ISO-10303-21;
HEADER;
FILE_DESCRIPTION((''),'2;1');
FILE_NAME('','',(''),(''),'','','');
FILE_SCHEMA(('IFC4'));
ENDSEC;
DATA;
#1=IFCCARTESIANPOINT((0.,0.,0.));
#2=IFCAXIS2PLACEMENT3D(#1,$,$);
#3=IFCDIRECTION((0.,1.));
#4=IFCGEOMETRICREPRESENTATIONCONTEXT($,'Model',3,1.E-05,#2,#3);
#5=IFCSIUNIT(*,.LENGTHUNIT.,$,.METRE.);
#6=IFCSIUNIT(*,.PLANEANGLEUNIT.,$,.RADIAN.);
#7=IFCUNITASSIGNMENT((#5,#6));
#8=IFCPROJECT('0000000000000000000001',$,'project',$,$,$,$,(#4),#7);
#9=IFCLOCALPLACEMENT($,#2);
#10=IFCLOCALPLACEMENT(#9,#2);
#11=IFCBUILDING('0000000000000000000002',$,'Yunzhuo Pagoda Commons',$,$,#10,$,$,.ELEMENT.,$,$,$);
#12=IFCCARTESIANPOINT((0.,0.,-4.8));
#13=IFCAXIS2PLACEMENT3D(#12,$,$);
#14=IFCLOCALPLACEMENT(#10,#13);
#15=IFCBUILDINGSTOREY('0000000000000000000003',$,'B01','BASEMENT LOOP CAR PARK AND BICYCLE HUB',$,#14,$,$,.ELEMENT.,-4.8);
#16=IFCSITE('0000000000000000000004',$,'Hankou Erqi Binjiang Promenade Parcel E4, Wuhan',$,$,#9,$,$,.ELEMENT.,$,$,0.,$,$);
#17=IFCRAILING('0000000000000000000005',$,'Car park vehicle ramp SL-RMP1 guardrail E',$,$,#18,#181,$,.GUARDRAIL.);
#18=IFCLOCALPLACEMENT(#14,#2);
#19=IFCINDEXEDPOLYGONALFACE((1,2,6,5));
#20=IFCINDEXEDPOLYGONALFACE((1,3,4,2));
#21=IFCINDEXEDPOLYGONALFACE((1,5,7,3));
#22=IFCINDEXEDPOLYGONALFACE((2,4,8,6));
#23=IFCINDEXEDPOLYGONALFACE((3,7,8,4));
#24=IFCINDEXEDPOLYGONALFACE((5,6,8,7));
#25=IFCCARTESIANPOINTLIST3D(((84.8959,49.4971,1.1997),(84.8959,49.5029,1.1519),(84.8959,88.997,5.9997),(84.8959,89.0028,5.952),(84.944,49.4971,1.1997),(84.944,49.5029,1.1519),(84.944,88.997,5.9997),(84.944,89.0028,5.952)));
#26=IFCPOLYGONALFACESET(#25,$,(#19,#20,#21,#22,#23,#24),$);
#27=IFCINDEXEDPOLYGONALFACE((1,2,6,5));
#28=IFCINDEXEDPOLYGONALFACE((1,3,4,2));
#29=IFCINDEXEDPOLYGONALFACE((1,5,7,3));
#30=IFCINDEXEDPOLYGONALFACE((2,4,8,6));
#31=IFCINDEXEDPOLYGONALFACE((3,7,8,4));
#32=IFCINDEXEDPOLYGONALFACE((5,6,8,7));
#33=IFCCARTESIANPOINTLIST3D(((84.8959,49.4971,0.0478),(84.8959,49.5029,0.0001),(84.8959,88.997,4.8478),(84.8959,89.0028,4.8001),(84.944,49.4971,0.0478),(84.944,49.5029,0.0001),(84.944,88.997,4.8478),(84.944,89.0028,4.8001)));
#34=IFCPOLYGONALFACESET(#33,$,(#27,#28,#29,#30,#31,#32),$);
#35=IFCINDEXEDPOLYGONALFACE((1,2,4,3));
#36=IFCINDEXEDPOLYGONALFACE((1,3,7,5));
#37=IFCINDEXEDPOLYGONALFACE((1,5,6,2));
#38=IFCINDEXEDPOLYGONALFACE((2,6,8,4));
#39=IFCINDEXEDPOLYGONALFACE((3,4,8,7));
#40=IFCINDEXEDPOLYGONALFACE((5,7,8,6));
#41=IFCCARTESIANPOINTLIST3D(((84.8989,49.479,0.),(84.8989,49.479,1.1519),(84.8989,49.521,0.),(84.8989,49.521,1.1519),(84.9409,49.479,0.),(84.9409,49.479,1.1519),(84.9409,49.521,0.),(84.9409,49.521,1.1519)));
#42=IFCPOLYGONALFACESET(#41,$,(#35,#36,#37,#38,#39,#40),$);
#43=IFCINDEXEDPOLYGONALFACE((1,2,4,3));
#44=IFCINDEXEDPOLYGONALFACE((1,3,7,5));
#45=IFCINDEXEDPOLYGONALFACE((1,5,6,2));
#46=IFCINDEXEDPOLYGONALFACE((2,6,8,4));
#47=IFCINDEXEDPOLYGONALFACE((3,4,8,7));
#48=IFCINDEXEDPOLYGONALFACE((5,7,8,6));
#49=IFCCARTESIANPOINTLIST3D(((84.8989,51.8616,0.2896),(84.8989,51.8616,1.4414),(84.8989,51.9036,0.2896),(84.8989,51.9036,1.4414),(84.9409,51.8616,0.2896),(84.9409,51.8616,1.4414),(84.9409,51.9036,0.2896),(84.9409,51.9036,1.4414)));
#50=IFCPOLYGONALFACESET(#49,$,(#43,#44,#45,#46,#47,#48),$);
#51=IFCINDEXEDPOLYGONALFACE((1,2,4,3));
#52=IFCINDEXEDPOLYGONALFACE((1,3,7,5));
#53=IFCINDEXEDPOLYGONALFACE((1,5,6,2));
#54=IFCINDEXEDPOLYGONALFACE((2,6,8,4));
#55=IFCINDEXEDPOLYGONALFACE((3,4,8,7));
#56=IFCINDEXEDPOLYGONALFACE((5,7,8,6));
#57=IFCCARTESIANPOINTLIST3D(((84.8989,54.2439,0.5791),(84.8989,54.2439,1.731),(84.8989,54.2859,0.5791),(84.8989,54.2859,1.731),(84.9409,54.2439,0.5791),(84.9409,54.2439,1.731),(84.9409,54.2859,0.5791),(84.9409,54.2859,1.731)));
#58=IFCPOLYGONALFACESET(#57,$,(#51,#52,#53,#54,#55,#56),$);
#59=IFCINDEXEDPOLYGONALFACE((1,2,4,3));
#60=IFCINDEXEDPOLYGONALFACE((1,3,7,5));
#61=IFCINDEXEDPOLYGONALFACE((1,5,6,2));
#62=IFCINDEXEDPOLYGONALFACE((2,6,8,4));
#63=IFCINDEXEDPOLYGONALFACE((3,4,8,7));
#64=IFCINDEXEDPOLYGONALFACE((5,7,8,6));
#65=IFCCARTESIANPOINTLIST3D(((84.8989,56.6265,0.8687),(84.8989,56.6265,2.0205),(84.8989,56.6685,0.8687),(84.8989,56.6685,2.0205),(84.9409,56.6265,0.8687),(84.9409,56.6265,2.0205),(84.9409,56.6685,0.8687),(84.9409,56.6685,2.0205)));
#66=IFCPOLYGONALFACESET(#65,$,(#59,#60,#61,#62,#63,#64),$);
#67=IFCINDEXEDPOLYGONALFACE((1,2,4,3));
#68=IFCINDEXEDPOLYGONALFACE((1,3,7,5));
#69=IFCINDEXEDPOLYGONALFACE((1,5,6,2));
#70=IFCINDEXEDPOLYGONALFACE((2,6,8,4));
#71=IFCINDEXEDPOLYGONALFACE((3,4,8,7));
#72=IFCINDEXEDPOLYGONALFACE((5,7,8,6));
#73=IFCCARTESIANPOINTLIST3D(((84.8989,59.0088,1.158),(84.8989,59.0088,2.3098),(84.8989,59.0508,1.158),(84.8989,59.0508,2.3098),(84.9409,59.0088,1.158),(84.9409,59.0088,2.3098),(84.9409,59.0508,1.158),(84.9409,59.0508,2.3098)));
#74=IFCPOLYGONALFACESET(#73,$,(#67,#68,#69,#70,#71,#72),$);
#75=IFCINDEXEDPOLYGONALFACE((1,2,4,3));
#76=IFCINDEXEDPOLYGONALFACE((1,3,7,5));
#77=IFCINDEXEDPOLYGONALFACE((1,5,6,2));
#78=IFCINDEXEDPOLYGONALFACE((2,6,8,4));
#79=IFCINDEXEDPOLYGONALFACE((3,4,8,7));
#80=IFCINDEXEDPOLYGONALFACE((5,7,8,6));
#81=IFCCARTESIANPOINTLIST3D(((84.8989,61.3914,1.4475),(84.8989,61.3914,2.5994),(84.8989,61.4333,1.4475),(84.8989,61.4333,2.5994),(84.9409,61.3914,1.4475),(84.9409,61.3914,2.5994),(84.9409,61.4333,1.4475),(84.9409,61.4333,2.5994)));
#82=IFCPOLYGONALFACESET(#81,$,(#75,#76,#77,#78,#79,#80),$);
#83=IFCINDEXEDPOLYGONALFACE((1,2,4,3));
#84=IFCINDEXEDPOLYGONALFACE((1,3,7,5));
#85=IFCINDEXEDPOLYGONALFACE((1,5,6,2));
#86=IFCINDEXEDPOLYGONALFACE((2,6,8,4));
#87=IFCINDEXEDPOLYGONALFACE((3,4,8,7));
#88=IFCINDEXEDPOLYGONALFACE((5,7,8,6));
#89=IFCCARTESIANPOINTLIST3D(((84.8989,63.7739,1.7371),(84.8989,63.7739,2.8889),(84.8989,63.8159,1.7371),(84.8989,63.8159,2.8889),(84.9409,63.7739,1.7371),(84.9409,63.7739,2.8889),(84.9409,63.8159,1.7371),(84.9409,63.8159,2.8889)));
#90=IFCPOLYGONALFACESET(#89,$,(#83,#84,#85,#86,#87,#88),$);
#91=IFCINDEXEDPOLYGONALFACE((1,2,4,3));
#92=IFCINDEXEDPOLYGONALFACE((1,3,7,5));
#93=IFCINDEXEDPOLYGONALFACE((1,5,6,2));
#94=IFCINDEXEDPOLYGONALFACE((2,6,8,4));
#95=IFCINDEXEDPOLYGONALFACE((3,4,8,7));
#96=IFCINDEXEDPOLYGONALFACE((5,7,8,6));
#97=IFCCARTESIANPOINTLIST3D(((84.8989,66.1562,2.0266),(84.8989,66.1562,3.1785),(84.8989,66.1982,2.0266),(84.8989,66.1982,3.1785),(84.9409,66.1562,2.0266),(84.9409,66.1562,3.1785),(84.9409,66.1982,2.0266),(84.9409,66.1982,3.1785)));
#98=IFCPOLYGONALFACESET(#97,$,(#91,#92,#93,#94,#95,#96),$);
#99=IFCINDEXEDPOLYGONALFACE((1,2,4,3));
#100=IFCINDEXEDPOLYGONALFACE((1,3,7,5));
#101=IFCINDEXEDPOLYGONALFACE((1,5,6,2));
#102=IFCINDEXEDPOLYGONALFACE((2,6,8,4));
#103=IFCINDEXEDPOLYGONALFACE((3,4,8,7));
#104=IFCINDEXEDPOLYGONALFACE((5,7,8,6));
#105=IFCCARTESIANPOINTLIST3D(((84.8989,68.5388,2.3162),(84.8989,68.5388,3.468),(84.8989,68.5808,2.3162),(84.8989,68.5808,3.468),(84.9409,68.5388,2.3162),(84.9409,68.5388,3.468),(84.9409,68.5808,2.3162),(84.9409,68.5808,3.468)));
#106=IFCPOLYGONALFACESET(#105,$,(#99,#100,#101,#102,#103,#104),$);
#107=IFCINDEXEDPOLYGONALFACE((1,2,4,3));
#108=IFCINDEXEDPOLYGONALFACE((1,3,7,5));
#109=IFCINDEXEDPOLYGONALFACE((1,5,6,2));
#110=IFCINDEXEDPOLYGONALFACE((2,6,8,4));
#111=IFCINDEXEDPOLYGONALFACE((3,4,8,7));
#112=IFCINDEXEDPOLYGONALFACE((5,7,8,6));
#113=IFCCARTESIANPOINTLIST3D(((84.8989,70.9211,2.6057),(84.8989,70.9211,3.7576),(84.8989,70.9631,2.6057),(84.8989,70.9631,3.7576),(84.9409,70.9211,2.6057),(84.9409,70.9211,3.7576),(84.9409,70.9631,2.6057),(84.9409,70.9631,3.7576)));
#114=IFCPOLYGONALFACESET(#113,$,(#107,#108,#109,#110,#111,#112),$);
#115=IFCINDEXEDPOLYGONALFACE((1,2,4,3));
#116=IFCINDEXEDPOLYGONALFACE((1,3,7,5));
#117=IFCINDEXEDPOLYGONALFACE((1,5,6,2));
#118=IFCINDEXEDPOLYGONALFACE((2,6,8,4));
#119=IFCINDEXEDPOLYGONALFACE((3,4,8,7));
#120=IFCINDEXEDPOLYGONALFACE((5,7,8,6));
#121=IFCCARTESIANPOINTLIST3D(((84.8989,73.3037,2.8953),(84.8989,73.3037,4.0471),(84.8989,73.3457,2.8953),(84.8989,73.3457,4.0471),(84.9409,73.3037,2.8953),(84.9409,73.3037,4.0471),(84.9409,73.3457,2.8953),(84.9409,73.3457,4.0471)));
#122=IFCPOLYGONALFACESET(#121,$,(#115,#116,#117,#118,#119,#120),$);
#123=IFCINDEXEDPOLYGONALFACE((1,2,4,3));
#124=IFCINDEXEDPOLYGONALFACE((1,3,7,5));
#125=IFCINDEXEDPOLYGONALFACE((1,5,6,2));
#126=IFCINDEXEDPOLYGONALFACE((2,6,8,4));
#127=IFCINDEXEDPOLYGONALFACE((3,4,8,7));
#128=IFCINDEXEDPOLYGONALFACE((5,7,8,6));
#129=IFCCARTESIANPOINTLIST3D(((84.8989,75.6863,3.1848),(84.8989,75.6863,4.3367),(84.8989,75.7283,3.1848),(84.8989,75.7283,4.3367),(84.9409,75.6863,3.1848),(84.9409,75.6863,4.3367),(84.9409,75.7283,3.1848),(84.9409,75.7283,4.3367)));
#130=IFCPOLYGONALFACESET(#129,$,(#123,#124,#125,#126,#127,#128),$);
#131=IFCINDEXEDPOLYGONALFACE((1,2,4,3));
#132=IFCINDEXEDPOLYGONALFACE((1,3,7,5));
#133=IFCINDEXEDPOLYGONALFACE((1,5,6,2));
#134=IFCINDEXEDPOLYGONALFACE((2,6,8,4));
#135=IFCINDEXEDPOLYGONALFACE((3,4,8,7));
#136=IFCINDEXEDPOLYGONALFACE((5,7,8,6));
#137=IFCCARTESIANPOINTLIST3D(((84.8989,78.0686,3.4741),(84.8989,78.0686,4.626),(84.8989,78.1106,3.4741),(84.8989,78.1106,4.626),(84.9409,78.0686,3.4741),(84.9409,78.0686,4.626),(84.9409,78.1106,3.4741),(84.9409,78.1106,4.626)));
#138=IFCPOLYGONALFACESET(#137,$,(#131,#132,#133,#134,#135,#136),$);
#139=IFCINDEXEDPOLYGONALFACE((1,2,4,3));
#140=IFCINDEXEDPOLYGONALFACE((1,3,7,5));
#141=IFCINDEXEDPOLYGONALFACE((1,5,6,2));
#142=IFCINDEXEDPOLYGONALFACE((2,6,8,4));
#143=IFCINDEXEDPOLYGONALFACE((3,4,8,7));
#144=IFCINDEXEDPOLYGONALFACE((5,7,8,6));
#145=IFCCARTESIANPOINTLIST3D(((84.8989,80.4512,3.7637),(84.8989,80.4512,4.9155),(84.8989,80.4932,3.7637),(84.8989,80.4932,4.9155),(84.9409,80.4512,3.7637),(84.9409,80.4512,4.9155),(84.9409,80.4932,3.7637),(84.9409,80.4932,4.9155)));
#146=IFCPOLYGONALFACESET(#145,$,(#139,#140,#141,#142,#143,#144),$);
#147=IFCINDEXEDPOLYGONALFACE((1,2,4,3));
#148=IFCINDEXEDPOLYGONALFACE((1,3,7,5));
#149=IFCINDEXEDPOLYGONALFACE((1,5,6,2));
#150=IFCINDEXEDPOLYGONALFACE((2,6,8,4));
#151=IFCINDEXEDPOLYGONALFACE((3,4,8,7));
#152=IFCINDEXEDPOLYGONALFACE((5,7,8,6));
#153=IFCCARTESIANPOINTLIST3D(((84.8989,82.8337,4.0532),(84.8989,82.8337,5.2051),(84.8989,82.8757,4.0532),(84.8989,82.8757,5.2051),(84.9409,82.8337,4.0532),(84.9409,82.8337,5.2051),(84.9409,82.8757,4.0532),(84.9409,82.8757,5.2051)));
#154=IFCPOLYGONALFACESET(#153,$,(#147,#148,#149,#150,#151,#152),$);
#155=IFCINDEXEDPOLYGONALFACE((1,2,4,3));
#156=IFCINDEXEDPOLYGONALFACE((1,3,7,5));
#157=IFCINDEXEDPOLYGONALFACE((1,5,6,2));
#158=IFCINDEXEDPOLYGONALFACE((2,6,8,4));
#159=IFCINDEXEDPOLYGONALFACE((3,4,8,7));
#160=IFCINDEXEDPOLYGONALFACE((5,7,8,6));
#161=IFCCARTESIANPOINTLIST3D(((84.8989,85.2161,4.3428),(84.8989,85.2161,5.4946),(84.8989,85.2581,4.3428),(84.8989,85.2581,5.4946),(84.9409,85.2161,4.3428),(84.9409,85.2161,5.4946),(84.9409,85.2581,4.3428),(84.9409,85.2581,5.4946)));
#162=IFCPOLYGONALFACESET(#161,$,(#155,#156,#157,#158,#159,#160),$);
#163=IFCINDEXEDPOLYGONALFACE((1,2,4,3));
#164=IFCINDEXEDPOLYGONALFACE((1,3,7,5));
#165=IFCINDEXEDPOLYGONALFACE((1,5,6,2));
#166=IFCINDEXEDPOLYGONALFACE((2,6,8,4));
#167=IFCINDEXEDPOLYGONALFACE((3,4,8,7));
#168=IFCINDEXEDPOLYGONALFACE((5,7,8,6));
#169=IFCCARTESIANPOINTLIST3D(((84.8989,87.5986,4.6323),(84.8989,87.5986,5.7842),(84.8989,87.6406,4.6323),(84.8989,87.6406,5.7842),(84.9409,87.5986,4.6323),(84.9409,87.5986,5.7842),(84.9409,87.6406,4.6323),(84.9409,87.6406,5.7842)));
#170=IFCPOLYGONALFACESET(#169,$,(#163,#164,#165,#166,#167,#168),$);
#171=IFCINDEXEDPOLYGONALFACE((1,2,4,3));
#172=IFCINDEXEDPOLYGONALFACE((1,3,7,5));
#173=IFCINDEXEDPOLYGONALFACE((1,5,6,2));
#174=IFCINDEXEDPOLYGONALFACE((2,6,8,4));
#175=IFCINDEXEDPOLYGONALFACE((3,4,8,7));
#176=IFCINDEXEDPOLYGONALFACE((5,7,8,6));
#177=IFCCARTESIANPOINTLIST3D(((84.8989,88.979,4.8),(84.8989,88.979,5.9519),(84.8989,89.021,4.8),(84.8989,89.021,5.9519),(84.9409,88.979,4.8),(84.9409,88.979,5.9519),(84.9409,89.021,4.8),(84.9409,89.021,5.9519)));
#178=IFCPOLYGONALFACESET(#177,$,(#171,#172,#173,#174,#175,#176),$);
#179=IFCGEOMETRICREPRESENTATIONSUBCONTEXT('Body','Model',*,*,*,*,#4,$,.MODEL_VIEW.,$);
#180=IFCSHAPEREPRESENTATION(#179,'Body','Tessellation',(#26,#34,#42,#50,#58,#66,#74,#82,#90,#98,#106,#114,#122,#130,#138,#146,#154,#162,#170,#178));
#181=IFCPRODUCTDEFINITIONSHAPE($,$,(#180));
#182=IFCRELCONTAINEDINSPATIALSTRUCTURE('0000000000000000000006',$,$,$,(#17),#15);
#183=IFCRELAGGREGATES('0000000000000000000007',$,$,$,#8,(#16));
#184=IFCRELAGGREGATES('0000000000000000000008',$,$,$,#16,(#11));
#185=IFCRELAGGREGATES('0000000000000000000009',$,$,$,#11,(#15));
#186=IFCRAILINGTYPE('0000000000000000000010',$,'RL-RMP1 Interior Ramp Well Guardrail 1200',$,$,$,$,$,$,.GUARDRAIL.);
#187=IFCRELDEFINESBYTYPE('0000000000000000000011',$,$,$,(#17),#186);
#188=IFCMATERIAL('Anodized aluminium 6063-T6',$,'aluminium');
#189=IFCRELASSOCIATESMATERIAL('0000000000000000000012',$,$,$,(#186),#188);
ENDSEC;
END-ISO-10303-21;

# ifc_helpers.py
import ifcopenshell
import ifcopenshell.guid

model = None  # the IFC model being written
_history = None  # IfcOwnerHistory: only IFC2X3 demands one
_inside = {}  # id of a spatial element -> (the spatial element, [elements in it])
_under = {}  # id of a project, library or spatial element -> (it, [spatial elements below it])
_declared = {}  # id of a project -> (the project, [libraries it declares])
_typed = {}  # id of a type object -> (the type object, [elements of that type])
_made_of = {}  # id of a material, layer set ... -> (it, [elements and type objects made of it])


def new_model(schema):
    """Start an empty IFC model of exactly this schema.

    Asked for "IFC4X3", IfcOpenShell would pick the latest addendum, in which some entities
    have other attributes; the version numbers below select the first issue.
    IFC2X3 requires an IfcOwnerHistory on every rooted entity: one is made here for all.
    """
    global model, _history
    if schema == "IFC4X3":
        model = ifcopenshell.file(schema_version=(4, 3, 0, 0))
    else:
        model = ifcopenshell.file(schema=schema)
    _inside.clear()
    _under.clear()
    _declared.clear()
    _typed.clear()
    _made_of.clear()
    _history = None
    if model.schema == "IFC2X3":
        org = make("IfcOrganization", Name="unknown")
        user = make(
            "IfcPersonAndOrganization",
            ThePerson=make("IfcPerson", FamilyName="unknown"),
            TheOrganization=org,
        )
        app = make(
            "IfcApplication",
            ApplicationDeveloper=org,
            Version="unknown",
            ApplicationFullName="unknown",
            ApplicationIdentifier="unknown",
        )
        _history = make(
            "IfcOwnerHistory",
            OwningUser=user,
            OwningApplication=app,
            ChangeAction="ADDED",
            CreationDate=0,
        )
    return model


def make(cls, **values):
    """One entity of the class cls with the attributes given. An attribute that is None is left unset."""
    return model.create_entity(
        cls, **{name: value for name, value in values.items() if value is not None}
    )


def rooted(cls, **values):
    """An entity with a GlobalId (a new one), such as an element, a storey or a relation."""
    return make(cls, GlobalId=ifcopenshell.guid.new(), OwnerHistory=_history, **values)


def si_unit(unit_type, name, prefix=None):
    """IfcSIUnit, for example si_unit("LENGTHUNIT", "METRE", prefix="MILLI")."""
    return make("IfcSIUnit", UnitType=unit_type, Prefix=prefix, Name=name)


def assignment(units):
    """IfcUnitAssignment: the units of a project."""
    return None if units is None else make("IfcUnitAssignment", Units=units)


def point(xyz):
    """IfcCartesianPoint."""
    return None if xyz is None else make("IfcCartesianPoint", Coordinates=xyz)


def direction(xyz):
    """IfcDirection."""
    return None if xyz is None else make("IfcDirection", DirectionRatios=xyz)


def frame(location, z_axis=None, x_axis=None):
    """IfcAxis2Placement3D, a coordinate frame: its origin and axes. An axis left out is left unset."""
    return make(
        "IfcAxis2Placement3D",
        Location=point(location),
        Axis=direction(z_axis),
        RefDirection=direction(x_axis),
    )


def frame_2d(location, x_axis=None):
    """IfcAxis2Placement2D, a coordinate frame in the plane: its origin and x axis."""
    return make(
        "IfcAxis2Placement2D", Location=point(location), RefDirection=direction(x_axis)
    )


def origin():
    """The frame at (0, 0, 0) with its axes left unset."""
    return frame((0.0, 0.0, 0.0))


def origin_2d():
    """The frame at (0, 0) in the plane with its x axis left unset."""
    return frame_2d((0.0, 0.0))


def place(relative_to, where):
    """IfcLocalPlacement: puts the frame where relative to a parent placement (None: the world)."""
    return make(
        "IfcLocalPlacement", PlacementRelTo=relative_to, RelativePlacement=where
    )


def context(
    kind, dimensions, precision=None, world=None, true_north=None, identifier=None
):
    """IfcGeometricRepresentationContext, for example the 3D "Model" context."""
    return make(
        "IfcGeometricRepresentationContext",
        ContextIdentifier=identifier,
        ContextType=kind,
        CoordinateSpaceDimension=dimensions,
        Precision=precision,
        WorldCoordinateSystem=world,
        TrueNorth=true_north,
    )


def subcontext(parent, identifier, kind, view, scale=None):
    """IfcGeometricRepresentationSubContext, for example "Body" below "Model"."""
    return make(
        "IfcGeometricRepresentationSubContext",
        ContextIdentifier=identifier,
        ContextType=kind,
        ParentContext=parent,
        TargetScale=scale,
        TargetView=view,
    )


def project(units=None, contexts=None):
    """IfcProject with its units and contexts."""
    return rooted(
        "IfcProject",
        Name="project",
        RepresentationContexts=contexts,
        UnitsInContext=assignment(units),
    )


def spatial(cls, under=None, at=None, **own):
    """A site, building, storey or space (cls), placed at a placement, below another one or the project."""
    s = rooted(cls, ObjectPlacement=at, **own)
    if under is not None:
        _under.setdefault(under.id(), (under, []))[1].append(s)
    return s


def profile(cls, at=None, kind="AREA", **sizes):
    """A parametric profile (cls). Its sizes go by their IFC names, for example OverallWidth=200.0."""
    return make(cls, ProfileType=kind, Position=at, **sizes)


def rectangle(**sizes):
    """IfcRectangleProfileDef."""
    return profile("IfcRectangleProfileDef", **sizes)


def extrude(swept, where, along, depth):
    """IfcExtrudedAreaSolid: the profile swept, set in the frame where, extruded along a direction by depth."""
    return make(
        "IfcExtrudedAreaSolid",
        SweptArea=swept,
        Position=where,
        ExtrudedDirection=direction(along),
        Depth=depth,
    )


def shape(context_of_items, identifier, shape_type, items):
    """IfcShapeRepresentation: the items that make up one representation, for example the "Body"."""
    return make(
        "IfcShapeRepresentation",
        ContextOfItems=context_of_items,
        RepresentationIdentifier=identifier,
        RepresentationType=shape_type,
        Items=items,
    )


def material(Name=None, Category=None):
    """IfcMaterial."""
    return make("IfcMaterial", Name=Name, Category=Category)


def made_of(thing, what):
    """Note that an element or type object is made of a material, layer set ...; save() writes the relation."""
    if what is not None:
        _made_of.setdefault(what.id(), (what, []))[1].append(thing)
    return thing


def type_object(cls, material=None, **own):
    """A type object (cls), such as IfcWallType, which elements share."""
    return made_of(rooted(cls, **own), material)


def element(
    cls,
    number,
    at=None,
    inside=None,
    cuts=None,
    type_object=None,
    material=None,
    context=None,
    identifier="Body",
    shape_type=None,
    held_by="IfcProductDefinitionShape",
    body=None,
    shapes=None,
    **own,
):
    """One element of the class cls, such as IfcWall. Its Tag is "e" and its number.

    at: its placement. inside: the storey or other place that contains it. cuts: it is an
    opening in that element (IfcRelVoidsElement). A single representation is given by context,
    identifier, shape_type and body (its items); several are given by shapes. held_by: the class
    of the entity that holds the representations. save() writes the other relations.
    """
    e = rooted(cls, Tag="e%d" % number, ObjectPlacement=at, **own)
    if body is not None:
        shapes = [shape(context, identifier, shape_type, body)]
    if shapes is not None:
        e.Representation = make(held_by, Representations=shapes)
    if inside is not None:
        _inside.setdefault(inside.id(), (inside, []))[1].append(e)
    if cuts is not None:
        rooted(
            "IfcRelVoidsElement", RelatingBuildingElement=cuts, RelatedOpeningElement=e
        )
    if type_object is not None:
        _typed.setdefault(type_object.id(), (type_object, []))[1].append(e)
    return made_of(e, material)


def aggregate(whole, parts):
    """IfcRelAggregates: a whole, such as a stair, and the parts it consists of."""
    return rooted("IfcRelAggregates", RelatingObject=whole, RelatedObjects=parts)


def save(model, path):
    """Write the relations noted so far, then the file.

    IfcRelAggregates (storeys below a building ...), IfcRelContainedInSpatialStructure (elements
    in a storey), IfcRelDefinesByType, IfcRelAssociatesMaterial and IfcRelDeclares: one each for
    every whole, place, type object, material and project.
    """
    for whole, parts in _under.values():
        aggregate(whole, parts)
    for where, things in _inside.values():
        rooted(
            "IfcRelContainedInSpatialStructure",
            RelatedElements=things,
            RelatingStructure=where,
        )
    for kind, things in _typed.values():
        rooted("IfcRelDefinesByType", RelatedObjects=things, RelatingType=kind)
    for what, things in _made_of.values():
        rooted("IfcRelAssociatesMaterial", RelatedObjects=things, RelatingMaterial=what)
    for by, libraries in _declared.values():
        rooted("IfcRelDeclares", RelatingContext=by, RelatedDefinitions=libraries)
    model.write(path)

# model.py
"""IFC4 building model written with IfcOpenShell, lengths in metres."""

from ifc_helpers import new_model, si_unit, direction, frame, origin, origin_2d, place, context, subcontext, project, spatial, rectangle, extrude, material, type_object, element, save


model = new_model("IFC4")

# Units and contexts
model_context = context("Model", 3, precision=1e-05, world=origin(), true_north=direction((0.0, 1.0)))
body_context = subcontext(model_context, "Body", "Model", "MODEL_VIEW")
ifc_project = project(units=[si_unit("LENGTHUNIT", "METRE"), si_unit("PLANEANGLEUNIT", "RADIAN")], contexts=[model_context])

# Site, building, storey
site_placement = place(None, origin())
site = spatial("IfcSite", under=ifc_project, at=site_placement, Name="Hankou Erqi Binjiang Promenade Parcel E4, Wuhan", CompositionType="ELEMENT", RefElevation=0.0)
building_placement = place(site_placement, origin())
building = spatial("IfcBuilding", under=site, at=building_placement, Name="Yunzhuo Pagoda Commons", CompositionType="ELEMENT")
storey_placement = place(building_placement, frame((0.0, 0.0, -4.8)))
storey = spatial("IfcBuildingStorey", under=building, at=storey_placement, Name="B01", Description="BASEMENT LOOP CAR PARK AND BICYCLE HUB", CompositionType="ELEMENT", Elevation=-4.8)

# Railing
ifc_material_1 = material(Name="Anodized aluminium 6063-T6", Category="aluminium")
railing_type = type_object("IfcRailingType", Name="RL-RMP1 Interior Ramp Well Guardrail 1200", PredefinedType="GUARDRAIL", material=ifc_material_1)
railing_1_placement = place(storey_placement, frame((84.9199, 49.5, 0.0)))
element("IfcRailing", 1, at=railing_1_placement, inside=storey, type_object=railing_type, Name="Car park vehicle ramp SL-RMP1 guardrail E", PredefinedType="GUARDRAIL", context=body_context, shape_type="SweptSolid", body=[
    extrude(rectangle(XDim=0.0481, YDim=0.0481, at=origin_2d()), frame((0.0, 0.0, 1.1758), z_axis=(0.0, 0.992697, 0.120633), x_axis=(-1.0, 0.0, 0.0)), (0.0, 0.0, 1.0), 39.7905),
    extrude(rectangle(XDim=0.0481, YDim=0.0481, at=origin_2d()), frame((0.0, 0.0, 0.0239), z_axis=(0.0, 0.992697, 0.120633), x_axis=(-1.0, 0.0, 0.0)), (0.0, 0.0, 1.0), 39.7905),
    extrude(rectangle(XDim=0.042, YDim=0.042, at=origin_2d()), origin(), (0.0, 0.0, 1.0), 1.1519),
    extrude(rectangle(XDim=0.042, YDim=0.042, at=origin_2d()), frame((0.0, 2.3826, 0.2896)), (0.0, 0.0, 1.0), 1.1519),
    extrude(rectangle(XDim=0.042, YDim=0.042, at=origin_2d()), frame((0.0, 4.7649, 0.5791)), (0.0, 0.0, 1.0), 1.1519),
    extrude(rectangle(XDim=0.042, YDim=0.042, at=origin_2d()), frame((0.0, 7.1475, 0.8687)), (0.0, 0.0, 1.0), 1.1519),
    extrude(rectangle(XDim=0.042, YDim=0.042, at=origin_2d()), frame((0.0, 9.5298, 1.158)), (0.0, 0.0, 1.0), 1.1519),
    extrude(rectangle(XDim=0.042, YDim=0.042, at=origin_2d()), frame((0.0, 11.9124, 1.4475)), (0.0, 0.0, 1.0), 1.1519),
    extrude(rectangle(XDim=0.042, YDim=0.042, at=origin_2d()), frame((0.0, 14.2949, 1.7371)), (0.0, 0.0, 1.0), 1.1519),
    extrude(rectangle(XDim=0.042, YDim=0.042, at=origin_2d()), frame((0.0, 16.6772, 2.0266)), (0.0, 0.0, 1.0), 1.1519),
    extrude(rectangle(XDim=0.042, YDim=0.042, at=origin_2d()), frame((0.0, 19.0598, 2.3162)), (0.0, 0.0, 1.0), 1.1519),
    extrude(rectangle(XDim=0.042, YDim=0.042, at=origin_2d()), frame((0.0, 21.4421, 2.6057)), (0.0, 0.0, 1.0), 1.1519),
    extrude(rectangle(XDim=0.042, YDim=0.042, at=origin_2d()), frame((0.0, 23.8247, 2.8953)), (0.0, 0.0, 1.0), 1.1519),
    extrude(rectangle(XDim=0.042, YDim=0.042, at=origin_2d()), frame((0.0, 26.2073, 3.1848)), (0.0, 0.0, 1.0), 1.1519),
    extrude(rectangle(XDim=0.042, YDim=0.042, at=origin_2d()), frame((0.0, 28.5896, 3.4741)), (0.0, 0.0, 1.0), 1.1519),
    extrude(rectangle(XDim=0.042, YDim=0.042, at=origin_2d()), frame((0.0, 30.9722, 3.7637)), (0.0, 0.0, 1.0), 1.1519),
    extrude(rectangle(XDim=0.042, YDim=0.042, at=origin_2d()), frame((0.0, 33.3547, 4.0532)), (0.0, 0.0, 1.0), 1.1519),
    extrude(rectangle(XDim=0.042, YDim=0.042, at=origin_2d()), frame((0.0, 35.7371, 4.3428)), (0.0, 0.0, 1.0), 1.1519),
    extrude(rectangle(XDim=0.042, YDim=0.042, at=origin_2d()), frame((0.0, 38.1196, 4.6323)), (0.0, 0.0, 1.0), 1.1519),
    extrude(rectangle(XDim=0.042, YDim=0.042, at=origin_2d()), frame((0.0, 39.5, 4.8)), (0.0, 0.0, 1.0), 1.1519),
])

save(model, "model.ifc")
